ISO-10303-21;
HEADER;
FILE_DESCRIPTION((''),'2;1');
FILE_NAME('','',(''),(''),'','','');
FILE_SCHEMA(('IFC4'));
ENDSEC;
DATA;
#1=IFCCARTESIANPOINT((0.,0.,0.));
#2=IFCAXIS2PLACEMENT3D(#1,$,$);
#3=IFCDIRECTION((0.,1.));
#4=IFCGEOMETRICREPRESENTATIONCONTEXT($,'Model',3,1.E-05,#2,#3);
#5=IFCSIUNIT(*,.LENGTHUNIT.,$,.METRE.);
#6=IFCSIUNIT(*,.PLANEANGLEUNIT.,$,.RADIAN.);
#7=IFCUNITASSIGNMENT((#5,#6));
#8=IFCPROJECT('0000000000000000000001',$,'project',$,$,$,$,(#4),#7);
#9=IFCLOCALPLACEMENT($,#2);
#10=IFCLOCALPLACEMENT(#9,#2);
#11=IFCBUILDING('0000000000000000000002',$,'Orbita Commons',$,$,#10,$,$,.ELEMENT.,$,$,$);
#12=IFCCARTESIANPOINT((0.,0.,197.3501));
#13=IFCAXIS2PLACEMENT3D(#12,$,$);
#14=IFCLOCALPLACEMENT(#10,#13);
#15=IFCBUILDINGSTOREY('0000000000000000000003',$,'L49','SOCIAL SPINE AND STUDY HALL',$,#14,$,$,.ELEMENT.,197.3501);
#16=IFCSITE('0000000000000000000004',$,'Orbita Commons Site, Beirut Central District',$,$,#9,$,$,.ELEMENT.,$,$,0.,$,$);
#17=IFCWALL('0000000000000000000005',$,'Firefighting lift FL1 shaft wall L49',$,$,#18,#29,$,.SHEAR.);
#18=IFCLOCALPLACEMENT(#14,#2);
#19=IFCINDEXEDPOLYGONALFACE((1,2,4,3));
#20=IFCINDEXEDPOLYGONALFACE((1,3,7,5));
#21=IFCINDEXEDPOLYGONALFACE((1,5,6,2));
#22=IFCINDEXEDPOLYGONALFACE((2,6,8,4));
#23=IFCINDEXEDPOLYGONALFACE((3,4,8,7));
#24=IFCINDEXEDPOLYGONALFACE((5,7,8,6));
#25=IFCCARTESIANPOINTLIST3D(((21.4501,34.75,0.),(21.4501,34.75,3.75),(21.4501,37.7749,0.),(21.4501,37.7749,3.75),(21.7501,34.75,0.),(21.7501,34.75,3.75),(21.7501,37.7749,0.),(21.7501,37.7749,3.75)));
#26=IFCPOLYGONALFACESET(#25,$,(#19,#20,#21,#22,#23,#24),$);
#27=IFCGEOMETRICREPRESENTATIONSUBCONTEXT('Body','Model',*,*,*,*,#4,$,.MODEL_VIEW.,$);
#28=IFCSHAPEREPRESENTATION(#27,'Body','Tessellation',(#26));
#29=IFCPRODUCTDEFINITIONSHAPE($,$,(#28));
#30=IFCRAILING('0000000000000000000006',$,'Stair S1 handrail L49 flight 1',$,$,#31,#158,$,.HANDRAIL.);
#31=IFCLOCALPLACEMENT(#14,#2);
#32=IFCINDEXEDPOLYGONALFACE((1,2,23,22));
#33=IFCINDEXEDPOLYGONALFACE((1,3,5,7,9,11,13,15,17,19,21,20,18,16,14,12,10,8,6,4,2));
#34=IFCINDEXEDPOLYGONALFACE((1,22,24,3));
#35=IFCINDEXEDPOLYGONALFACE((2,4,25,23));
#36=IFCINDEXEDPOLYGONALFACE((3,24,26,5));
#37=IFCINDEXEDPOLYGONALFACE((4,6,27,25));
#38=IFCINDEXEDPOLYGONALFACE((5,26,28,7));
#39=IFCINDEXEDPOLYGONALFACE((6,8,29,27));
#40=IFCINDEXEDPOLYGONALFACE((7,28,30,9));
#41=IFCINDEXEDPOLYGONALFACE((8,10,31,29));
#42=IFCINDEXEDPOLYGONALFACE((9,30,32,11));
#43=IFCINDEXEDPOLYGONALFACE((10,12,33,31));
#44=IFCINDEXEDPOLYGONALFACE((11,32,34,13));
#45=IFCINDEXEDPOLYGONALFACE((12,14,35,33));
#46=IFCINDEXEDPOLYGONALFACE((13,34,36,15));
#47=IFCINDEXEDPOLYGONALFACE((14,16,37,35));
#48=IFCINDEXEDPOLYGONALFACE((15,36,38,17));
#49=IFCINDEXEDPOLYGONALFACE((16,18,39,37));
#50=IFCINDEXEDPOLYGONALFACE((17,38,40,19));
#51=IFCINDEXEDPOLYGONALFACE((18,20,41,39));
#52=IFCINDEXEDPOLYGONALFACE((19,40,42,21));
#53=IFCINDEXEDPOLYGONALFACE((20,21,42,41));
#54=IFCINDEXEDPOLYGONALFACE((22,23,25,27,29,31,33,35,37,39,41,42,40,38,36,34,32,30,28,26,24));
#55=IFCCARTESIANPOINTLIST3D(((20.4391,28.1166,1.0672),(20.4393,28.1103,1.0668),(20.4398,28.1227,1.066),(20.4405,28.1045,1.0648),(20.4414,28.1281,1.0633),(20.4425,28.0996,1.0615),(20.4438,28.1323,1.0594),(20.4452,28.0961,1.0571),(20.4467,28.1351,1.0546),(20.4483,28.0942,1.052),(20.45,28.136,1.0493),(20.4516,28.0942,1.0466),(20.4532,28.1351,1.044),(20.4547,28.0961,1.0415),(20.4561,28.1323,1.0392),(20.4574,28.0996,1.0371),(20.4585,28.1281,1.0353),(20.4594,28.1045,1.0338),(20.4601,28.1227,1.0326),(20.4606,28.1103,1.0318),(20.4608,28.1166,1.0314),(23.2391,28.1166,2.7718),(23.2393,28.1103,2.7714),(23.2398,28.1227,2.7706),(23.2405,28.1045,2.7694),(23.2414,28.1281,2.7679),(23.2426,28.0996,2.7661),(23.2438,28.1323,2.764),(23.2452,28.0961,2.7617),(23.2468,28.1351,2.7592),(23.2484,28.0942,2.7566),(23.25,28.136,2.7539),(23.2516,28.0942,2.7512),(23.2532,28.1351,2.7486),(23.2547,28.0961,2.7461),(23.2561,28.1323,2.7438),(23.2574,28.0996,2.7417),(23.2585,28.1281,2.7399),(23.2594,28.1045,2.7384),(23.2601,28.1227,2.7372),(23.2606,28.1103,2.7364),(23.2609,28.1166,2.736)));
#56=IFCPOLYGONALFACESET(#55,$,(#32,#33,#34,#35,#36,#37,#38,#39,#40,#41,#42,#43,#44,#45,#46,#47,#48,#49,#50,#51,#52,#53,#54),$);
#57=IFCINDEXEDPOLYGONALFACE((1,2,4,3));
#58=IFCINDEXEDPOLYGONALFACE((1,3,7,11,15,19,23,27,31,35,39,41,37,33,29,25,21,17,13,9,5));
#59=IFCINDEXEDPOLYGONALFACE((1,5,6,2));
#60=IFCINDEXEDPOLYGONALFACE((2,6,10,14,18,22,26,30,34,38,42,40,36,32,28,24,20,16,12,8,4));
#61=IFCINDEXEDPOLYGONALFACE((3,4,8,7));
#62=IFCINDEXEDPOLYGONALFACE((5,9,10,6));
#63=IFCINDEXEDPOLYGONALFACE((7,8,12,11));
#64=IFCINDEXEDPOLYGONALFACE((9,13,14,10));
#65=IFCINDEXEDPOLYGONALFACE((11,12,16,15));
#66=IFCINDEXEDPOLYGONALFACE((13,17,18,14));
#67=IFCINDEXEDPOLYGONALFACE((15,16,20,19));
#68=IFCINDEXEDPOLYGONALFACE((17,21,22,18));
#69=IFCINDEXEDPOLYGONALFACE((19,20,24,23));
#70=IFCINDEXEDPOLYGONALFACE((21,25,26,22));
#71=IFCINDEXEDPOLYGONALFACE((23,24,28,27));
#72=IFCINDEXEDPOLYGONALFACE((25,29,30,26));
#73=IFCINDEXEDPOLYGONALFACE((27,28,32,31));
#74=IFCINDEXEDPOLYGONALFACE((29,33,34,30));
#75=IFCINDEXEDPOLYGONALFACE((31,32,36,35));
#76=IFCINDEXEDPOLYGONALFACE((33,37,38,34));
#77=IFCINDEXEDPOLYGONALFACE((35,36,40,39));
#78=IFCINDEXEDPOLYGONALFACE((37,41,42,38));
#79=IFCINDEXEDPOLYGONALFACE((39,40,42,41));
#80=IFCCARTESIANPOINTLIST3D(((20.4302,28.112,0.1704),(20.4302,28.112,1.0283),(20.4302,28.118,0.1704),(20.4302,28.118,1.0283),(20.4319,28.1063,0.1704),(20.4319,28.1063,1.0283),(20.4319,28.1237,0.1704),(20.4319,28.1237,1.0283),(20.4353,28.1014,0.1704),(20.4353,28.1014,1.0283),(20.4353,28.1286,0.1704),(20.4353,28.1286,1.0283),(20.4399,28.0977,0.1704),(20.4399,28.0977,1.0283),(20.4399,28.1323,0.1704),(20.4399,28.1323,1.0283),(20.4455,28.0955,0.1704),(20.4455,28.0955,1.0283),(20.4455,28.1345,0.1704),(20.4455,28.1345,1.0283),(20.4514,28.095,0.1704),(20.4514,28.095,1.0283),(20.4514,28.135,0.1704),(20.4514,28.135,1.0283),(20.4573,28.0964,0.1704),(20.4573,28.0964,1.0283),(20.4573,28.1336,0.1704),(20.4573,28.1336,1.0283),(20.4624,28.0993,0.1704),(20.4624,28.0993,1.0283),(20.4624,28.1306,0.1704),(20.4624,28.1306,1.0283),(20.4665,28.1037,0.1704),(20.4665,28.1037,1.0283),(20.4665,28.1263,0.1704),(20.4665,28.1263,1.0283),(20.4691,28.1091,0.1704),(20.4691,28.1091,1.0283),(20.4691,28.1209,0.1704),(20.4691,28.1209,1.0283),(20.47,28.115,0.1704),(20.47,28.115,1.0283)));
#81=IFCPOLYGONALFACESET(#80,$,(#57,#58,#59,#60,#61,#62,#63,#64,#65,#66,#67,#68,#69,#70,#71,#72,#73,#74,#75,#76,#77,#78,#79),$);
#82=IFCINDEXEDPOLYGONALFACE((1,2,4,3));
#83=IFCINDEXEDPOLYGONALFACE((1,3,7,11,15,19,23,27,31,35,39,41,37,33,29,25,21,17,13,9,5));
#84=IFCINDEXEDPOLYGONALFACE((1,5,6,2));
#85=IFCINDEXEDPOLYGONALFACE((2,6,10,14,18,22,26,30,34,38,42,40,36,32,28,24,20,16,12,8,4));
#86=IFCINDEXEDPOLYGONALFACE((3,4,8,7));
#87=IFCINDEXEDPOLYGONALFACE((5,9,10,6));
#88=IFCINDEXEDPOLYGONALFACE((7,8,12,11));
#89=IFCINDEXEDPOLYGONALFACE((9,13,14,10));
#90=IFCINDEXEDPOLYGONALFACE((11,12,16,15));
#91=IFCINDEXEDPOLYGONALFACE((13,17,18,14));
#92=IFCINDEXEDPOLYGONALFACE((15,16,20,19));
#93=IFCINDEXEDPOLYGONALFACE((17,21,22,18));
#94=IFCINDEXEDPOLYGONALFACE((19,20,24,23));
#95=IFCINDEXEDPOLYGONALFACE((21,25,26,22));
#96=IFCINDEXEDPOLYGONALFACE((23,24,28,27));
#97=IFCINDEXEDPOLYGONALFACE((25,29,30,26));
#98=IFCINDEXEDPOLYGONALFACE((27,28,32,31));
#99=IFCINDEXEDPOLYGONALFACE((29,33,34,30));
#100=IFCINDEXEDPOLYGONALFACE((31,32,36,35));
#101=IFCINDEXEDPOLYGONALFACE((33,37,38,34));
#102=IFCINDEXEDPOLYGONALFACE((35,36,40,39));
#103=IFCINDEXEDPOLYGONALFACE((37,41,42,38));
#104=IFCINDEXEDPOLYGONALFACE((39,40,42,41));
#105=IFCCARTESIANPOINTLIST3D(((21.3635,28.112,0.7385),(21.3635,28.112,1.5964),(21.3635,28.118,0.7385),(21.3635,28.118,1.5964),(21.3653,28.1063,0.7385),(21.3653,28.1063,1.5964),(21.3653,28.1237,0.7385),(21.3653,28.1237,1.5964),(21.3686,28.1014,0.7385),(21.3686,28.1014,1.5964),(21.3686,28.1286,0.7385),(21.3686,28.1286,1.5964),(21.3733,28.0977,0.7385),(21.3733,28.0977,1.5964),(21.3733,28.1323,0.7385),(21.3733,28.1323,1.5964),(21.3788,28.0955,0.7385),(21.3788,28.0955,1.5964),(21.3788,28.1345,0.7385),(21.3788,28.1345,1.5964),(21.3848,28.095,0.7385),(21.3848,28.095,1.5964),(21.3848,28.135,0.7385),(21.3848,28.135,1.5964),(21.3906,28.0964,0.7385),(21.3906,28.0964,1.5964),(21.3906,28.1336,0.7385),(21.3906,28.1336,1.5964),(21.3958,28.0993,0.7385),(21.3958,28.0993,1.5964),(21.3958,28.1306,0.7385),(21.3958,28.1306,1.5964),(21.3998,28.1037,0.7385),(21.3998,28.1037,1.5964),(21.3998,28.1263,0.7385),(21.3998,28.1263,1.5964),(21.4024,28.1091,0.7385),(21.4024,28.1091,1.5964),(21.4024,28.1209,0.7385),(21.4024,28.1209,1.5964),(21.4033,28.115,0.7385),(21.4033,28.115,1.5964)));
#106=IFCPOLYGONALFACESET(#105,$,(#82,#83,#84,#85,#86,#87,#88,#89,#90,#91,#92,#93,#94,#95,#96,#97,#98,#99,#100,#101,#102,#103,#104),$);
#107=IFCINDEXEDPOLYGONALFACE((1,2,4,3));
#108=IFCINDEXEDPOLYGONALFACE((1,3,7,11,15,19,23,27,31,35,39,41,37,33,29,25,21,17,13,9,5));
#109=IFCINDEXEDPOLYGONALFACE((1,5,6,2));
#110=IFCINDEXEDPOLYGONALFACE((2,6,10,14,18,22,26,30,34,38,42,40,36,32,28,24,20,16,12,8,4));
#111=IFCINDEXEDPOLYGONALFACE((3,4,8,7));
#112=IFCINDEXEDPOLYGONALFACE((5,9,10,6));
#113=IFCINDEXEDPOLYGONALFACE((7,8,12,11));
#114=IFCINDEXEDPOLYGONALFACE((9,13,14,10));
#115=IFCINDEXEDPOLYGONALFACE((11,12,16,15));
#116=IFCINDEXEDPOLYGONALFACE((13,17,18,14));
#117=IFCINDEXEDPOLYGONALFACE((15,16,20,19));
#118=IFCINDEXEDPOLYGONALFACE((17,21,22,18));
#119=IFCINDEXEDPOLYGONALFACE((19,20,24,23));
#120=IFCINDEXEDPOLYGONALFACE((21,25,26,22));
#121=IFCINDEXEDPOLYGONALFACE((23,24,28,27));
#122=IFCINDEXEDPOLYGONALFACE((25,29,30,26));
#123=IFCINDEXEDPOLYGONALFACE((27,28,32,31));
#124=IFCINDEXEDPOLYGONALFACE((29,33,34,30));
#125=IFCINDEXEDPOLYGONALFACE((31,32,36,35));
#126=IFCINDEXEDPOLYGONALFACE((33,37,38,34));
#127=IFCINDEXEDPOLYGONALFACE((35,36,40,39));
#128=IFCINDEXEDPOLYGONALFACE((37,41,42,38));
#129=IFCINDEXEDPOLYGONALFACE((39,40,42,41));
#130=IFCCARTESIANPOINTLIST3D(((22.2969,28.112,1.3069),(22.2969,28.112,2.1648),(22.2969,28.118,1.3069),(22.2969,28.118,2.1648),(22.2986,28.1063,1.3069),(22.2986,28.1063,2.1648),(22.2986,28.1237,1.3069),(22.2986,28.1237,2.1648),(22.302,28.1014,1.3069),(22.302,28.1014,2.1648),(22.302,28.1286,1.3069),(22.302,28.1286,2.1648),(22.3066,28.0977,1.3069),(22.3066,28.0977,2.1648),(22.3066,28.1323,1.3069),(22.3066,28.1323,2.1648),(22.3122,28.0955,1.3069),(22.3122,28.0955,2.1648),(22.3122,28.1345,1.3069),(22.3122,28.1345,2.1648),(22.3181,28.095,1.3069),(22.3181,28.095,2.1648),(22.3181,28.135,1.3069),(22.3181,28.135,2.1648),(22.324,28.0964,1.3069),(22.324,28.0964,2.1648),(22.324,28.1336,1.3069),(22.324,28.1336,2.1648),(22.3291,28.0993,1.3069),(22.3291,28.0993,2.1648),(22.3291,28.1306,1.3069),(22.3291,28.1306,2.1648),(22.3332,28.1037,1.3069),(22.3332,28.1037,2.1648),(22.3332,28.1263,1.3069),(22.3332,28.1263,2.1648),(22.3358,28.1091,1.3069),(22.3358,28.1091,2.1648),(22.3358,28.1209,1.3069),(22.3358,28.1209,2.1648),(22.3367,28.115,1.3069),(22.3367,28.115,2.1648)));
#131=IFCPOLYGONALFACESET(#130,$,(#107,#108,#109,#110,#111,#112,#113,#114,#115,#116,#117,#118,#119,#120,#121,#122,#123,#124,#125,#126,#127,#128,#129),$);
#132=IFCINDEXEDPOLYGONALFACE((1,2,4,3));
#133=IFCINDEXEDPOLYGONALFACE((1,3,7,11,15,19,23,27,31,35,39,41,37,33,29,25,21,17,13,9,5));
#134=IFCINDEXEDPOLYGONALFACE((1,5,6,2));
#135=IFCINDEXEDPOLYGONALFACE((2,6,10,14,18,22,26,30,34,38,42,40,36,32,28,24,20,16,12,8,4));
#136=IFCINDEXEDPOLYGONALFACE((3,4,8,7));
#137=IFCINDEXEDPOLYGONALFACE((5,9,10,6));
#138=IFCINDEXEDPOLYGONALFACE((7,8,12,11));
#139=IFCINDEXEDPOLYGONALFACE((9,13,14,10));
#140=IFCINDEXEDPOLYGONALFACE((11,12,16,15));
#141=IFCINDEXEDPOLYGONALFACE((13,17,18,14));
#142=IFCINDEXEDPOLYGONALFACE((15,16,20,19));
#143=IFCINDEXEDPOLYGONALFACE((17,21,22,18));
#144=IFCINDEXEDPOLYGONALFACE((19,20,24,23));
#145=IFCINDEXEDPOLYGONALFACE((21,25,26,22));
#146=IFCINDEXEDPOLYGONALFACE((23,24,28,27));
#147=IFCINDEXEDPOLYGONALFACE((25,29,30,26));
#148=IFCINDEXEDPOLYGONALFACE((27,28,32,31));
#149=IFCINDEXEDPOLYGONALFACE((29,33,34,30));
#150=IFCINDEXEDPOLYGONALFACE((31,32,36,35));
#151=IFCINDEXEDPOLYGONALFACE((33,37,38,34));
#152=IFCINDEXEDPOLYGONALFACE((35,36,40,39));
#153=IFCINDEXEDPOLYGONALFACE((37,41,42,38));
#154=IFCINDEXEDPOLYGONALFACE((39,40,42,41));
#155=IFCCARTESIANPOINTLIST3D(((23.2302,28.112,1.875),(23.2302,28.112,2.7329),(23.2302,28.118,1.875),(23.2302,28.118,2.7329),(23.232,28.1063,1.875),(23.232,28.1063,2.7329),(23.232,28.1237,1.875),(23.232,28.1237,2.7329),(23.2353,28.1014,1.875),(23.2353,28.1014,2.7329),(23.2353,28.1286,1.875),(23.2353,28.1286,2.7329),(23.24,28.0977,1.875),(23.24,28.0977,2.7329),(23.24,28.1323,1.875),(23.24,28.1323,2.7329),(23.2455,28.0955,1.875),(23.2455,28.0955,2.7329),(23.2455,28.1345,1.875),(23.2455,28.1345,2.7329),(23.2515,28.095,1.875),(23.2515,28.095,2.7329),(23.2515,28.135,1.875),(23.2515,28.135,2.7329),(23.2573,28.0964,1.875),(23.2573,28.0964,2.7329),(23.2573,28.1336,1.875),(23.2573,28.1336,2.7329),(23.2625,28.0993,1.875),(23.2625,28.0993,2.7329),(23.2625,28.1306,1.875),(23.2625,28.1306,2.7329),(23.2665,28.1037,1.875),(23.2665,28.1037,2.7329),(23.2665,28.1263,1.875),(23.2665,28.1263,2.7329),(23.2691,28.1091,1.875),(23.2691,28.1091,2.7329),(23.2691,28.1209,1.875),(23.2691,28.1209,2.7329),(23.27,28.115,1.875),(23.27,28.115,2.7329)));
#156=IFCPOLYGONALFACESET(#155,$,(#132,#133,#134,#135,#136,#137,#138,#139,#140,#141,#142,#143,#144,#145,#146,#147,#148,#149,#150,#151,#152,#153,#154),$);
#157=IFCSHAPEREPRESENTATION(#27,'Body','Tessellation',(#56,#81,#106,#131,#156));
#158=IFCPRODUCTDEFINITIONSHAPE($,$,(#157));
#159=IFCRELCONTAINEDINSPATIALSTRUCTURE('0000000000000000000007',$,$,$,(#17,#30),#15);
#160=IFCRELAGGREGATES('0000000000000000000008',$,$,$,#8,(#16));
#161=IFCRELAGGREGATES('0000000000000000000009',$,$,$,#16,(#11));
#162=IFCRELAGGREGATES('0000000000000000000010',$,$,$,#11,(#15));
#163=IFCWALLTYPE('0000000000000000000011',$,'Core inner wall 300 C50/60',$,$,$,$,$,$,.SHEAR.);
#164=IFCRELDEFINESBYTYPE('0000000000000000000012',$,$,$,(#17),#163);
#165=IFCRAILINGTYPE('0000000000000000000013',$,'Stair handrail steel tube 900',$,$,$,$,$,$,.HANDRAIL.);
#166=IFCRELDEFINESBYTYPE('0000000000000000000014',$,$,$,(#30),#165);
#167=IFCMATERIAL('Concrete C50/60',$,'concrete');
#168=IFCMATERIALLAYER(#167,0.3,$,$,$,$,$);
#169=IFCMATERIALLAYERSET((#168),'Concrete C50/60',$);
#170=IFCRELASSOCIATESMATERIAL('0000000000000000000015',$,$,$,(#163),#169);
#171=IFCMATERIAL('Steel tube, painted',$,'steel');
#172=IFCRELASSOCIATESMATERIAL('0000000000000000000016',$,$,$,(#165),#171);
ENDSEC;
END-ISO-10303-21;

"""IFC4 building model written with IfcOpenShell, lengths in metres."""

from ifc_helpers import new_model, si_unit, direction, frame, frame_2d, origin, origin_2d, place, context, subcontext, project, spatial, rectangle, circle, extrude, material, layer, layer_set, type_object, element, save


model = new_model("IFC4")

# Units and contexts
model_context = context("Model", 3, precision=1e-05, world=origin(), true_north=direction((0.0, 1.0)))
body_context = subcontext(model_context, "Body", "Model", "MODEL_VIEW")
ifc_project = project(units=[si_unit("LENGTHUNIT", "METRE"), si_unit("PLANEANGLEUNIT", "RADIAN")], contexts=[model_context])

# Site, building, storey
site_placement = place(None, origin())
site = spatial("IfcSite", under=ifc_project, at=site_placement, Name="Orbita Commons Site, Beirut Central District", CompositionType="ELEMENT", RefElevation=0.0)
building_placement = place(site_placement, origin())
building = spatial("IfcBuilding", under=site, at=building_placement, Name="Orbita Commons", CompositionType="ELEMENT")
storey_placement = place(building_placement, frame((0.0, 0.0, 197.3501)))
storey = spatial("IfcBuildingStorey", under=building, at=storey_placement, Name="L49", Description="SOCIAL SPINE AND STUDY HALL", CompositionType="ELEMENT", Elevation=197.3501)

# Shared definitions
ifc_material_1 = material(Name="Concrete C50/60", Category="concrete")
ifc_layer = layer(ifc_material_1, 0.3)
ifc_layer_set = layer_set([ifc_layer], Name="Concrete C50/60")
wall_type = type_object("IfcWallType", Name="Core inner wall 300 C50/60", PredefinedType="SHEAR", material=ifc_layer_set)

# Wall
wall_1_placement = place(storey_placement, frame((21.6001, 34.75, 0.0), z_axis=(0.0, 0.0, 1.0), x_axis=(0.0, 1.0, 0.0)))
element("IfcWall", 1, at=wall_1_placement, inside=storey, type_object=wall_type, Name="Firefighting lift FL1 shaft wall L49", PredefinedType="SHEAR", context=body_context, shape_type="SweptSolid", body=[
    extrude(rectangle(XDim=3.0249, YDim=0.3, at=frame_2d((1.5125, 0.0))), origin(), (0.0, 0.0, 1.0), 3.75),
])

# Railing
ifc_material_2 = material(Name="Steel tube, painted", Category="steel")
railing_type = type_object("IfcRailingType", Name="Stair handrail steel tube 900", PredefinedType="HANDRAIL", material=ifc_material_2)
for number, where, name in (
    (2, (20.45, 28.115, 0.1704), "Stair S1 handrail L49 flight 1"),
):
    element("IfcRailing", number, at=place(storey_placement, frame(where)), inside=storey, type_object=railing_type, Name=name, PredefinedType="HANDRAIL", context=body_context, shape_type="SweptSolid", body=[
        extrude(circle(Radius=0.021, at=origin_2d()), frame((0.0, 0.0, 0.8789), z_axis=(0.85417, 0.0, 0.519994), x_axis=(0.0, 1.0, 0.0)), (0.0, 0.0, 1.0), 3.2781),
        extrude(circle(Radius=0.02, at=origin_2d()), origin(), (0.0, 0.0, 1.0), 0.8579),
        extrude(circle(Radius=0.02, at=origin_2d()), frame((0.9333, 0.0, 0.5681)), (0.0, 0.0, 1.0), 0.8579),
        extrude(circle(Radius=0.02, at=origin_2d()), frame((1.8667, 0.0, 1.1365)), (0.0, 0.0, 1.0), 0.8579),
        extrude(circle(Radius=0.02, at=origin_2d()), frame((2.8, 0.0, 1.7046)), (0.0, 0.0, 1.0), 0.8579),
    ])

save(model, "model.ifc")
